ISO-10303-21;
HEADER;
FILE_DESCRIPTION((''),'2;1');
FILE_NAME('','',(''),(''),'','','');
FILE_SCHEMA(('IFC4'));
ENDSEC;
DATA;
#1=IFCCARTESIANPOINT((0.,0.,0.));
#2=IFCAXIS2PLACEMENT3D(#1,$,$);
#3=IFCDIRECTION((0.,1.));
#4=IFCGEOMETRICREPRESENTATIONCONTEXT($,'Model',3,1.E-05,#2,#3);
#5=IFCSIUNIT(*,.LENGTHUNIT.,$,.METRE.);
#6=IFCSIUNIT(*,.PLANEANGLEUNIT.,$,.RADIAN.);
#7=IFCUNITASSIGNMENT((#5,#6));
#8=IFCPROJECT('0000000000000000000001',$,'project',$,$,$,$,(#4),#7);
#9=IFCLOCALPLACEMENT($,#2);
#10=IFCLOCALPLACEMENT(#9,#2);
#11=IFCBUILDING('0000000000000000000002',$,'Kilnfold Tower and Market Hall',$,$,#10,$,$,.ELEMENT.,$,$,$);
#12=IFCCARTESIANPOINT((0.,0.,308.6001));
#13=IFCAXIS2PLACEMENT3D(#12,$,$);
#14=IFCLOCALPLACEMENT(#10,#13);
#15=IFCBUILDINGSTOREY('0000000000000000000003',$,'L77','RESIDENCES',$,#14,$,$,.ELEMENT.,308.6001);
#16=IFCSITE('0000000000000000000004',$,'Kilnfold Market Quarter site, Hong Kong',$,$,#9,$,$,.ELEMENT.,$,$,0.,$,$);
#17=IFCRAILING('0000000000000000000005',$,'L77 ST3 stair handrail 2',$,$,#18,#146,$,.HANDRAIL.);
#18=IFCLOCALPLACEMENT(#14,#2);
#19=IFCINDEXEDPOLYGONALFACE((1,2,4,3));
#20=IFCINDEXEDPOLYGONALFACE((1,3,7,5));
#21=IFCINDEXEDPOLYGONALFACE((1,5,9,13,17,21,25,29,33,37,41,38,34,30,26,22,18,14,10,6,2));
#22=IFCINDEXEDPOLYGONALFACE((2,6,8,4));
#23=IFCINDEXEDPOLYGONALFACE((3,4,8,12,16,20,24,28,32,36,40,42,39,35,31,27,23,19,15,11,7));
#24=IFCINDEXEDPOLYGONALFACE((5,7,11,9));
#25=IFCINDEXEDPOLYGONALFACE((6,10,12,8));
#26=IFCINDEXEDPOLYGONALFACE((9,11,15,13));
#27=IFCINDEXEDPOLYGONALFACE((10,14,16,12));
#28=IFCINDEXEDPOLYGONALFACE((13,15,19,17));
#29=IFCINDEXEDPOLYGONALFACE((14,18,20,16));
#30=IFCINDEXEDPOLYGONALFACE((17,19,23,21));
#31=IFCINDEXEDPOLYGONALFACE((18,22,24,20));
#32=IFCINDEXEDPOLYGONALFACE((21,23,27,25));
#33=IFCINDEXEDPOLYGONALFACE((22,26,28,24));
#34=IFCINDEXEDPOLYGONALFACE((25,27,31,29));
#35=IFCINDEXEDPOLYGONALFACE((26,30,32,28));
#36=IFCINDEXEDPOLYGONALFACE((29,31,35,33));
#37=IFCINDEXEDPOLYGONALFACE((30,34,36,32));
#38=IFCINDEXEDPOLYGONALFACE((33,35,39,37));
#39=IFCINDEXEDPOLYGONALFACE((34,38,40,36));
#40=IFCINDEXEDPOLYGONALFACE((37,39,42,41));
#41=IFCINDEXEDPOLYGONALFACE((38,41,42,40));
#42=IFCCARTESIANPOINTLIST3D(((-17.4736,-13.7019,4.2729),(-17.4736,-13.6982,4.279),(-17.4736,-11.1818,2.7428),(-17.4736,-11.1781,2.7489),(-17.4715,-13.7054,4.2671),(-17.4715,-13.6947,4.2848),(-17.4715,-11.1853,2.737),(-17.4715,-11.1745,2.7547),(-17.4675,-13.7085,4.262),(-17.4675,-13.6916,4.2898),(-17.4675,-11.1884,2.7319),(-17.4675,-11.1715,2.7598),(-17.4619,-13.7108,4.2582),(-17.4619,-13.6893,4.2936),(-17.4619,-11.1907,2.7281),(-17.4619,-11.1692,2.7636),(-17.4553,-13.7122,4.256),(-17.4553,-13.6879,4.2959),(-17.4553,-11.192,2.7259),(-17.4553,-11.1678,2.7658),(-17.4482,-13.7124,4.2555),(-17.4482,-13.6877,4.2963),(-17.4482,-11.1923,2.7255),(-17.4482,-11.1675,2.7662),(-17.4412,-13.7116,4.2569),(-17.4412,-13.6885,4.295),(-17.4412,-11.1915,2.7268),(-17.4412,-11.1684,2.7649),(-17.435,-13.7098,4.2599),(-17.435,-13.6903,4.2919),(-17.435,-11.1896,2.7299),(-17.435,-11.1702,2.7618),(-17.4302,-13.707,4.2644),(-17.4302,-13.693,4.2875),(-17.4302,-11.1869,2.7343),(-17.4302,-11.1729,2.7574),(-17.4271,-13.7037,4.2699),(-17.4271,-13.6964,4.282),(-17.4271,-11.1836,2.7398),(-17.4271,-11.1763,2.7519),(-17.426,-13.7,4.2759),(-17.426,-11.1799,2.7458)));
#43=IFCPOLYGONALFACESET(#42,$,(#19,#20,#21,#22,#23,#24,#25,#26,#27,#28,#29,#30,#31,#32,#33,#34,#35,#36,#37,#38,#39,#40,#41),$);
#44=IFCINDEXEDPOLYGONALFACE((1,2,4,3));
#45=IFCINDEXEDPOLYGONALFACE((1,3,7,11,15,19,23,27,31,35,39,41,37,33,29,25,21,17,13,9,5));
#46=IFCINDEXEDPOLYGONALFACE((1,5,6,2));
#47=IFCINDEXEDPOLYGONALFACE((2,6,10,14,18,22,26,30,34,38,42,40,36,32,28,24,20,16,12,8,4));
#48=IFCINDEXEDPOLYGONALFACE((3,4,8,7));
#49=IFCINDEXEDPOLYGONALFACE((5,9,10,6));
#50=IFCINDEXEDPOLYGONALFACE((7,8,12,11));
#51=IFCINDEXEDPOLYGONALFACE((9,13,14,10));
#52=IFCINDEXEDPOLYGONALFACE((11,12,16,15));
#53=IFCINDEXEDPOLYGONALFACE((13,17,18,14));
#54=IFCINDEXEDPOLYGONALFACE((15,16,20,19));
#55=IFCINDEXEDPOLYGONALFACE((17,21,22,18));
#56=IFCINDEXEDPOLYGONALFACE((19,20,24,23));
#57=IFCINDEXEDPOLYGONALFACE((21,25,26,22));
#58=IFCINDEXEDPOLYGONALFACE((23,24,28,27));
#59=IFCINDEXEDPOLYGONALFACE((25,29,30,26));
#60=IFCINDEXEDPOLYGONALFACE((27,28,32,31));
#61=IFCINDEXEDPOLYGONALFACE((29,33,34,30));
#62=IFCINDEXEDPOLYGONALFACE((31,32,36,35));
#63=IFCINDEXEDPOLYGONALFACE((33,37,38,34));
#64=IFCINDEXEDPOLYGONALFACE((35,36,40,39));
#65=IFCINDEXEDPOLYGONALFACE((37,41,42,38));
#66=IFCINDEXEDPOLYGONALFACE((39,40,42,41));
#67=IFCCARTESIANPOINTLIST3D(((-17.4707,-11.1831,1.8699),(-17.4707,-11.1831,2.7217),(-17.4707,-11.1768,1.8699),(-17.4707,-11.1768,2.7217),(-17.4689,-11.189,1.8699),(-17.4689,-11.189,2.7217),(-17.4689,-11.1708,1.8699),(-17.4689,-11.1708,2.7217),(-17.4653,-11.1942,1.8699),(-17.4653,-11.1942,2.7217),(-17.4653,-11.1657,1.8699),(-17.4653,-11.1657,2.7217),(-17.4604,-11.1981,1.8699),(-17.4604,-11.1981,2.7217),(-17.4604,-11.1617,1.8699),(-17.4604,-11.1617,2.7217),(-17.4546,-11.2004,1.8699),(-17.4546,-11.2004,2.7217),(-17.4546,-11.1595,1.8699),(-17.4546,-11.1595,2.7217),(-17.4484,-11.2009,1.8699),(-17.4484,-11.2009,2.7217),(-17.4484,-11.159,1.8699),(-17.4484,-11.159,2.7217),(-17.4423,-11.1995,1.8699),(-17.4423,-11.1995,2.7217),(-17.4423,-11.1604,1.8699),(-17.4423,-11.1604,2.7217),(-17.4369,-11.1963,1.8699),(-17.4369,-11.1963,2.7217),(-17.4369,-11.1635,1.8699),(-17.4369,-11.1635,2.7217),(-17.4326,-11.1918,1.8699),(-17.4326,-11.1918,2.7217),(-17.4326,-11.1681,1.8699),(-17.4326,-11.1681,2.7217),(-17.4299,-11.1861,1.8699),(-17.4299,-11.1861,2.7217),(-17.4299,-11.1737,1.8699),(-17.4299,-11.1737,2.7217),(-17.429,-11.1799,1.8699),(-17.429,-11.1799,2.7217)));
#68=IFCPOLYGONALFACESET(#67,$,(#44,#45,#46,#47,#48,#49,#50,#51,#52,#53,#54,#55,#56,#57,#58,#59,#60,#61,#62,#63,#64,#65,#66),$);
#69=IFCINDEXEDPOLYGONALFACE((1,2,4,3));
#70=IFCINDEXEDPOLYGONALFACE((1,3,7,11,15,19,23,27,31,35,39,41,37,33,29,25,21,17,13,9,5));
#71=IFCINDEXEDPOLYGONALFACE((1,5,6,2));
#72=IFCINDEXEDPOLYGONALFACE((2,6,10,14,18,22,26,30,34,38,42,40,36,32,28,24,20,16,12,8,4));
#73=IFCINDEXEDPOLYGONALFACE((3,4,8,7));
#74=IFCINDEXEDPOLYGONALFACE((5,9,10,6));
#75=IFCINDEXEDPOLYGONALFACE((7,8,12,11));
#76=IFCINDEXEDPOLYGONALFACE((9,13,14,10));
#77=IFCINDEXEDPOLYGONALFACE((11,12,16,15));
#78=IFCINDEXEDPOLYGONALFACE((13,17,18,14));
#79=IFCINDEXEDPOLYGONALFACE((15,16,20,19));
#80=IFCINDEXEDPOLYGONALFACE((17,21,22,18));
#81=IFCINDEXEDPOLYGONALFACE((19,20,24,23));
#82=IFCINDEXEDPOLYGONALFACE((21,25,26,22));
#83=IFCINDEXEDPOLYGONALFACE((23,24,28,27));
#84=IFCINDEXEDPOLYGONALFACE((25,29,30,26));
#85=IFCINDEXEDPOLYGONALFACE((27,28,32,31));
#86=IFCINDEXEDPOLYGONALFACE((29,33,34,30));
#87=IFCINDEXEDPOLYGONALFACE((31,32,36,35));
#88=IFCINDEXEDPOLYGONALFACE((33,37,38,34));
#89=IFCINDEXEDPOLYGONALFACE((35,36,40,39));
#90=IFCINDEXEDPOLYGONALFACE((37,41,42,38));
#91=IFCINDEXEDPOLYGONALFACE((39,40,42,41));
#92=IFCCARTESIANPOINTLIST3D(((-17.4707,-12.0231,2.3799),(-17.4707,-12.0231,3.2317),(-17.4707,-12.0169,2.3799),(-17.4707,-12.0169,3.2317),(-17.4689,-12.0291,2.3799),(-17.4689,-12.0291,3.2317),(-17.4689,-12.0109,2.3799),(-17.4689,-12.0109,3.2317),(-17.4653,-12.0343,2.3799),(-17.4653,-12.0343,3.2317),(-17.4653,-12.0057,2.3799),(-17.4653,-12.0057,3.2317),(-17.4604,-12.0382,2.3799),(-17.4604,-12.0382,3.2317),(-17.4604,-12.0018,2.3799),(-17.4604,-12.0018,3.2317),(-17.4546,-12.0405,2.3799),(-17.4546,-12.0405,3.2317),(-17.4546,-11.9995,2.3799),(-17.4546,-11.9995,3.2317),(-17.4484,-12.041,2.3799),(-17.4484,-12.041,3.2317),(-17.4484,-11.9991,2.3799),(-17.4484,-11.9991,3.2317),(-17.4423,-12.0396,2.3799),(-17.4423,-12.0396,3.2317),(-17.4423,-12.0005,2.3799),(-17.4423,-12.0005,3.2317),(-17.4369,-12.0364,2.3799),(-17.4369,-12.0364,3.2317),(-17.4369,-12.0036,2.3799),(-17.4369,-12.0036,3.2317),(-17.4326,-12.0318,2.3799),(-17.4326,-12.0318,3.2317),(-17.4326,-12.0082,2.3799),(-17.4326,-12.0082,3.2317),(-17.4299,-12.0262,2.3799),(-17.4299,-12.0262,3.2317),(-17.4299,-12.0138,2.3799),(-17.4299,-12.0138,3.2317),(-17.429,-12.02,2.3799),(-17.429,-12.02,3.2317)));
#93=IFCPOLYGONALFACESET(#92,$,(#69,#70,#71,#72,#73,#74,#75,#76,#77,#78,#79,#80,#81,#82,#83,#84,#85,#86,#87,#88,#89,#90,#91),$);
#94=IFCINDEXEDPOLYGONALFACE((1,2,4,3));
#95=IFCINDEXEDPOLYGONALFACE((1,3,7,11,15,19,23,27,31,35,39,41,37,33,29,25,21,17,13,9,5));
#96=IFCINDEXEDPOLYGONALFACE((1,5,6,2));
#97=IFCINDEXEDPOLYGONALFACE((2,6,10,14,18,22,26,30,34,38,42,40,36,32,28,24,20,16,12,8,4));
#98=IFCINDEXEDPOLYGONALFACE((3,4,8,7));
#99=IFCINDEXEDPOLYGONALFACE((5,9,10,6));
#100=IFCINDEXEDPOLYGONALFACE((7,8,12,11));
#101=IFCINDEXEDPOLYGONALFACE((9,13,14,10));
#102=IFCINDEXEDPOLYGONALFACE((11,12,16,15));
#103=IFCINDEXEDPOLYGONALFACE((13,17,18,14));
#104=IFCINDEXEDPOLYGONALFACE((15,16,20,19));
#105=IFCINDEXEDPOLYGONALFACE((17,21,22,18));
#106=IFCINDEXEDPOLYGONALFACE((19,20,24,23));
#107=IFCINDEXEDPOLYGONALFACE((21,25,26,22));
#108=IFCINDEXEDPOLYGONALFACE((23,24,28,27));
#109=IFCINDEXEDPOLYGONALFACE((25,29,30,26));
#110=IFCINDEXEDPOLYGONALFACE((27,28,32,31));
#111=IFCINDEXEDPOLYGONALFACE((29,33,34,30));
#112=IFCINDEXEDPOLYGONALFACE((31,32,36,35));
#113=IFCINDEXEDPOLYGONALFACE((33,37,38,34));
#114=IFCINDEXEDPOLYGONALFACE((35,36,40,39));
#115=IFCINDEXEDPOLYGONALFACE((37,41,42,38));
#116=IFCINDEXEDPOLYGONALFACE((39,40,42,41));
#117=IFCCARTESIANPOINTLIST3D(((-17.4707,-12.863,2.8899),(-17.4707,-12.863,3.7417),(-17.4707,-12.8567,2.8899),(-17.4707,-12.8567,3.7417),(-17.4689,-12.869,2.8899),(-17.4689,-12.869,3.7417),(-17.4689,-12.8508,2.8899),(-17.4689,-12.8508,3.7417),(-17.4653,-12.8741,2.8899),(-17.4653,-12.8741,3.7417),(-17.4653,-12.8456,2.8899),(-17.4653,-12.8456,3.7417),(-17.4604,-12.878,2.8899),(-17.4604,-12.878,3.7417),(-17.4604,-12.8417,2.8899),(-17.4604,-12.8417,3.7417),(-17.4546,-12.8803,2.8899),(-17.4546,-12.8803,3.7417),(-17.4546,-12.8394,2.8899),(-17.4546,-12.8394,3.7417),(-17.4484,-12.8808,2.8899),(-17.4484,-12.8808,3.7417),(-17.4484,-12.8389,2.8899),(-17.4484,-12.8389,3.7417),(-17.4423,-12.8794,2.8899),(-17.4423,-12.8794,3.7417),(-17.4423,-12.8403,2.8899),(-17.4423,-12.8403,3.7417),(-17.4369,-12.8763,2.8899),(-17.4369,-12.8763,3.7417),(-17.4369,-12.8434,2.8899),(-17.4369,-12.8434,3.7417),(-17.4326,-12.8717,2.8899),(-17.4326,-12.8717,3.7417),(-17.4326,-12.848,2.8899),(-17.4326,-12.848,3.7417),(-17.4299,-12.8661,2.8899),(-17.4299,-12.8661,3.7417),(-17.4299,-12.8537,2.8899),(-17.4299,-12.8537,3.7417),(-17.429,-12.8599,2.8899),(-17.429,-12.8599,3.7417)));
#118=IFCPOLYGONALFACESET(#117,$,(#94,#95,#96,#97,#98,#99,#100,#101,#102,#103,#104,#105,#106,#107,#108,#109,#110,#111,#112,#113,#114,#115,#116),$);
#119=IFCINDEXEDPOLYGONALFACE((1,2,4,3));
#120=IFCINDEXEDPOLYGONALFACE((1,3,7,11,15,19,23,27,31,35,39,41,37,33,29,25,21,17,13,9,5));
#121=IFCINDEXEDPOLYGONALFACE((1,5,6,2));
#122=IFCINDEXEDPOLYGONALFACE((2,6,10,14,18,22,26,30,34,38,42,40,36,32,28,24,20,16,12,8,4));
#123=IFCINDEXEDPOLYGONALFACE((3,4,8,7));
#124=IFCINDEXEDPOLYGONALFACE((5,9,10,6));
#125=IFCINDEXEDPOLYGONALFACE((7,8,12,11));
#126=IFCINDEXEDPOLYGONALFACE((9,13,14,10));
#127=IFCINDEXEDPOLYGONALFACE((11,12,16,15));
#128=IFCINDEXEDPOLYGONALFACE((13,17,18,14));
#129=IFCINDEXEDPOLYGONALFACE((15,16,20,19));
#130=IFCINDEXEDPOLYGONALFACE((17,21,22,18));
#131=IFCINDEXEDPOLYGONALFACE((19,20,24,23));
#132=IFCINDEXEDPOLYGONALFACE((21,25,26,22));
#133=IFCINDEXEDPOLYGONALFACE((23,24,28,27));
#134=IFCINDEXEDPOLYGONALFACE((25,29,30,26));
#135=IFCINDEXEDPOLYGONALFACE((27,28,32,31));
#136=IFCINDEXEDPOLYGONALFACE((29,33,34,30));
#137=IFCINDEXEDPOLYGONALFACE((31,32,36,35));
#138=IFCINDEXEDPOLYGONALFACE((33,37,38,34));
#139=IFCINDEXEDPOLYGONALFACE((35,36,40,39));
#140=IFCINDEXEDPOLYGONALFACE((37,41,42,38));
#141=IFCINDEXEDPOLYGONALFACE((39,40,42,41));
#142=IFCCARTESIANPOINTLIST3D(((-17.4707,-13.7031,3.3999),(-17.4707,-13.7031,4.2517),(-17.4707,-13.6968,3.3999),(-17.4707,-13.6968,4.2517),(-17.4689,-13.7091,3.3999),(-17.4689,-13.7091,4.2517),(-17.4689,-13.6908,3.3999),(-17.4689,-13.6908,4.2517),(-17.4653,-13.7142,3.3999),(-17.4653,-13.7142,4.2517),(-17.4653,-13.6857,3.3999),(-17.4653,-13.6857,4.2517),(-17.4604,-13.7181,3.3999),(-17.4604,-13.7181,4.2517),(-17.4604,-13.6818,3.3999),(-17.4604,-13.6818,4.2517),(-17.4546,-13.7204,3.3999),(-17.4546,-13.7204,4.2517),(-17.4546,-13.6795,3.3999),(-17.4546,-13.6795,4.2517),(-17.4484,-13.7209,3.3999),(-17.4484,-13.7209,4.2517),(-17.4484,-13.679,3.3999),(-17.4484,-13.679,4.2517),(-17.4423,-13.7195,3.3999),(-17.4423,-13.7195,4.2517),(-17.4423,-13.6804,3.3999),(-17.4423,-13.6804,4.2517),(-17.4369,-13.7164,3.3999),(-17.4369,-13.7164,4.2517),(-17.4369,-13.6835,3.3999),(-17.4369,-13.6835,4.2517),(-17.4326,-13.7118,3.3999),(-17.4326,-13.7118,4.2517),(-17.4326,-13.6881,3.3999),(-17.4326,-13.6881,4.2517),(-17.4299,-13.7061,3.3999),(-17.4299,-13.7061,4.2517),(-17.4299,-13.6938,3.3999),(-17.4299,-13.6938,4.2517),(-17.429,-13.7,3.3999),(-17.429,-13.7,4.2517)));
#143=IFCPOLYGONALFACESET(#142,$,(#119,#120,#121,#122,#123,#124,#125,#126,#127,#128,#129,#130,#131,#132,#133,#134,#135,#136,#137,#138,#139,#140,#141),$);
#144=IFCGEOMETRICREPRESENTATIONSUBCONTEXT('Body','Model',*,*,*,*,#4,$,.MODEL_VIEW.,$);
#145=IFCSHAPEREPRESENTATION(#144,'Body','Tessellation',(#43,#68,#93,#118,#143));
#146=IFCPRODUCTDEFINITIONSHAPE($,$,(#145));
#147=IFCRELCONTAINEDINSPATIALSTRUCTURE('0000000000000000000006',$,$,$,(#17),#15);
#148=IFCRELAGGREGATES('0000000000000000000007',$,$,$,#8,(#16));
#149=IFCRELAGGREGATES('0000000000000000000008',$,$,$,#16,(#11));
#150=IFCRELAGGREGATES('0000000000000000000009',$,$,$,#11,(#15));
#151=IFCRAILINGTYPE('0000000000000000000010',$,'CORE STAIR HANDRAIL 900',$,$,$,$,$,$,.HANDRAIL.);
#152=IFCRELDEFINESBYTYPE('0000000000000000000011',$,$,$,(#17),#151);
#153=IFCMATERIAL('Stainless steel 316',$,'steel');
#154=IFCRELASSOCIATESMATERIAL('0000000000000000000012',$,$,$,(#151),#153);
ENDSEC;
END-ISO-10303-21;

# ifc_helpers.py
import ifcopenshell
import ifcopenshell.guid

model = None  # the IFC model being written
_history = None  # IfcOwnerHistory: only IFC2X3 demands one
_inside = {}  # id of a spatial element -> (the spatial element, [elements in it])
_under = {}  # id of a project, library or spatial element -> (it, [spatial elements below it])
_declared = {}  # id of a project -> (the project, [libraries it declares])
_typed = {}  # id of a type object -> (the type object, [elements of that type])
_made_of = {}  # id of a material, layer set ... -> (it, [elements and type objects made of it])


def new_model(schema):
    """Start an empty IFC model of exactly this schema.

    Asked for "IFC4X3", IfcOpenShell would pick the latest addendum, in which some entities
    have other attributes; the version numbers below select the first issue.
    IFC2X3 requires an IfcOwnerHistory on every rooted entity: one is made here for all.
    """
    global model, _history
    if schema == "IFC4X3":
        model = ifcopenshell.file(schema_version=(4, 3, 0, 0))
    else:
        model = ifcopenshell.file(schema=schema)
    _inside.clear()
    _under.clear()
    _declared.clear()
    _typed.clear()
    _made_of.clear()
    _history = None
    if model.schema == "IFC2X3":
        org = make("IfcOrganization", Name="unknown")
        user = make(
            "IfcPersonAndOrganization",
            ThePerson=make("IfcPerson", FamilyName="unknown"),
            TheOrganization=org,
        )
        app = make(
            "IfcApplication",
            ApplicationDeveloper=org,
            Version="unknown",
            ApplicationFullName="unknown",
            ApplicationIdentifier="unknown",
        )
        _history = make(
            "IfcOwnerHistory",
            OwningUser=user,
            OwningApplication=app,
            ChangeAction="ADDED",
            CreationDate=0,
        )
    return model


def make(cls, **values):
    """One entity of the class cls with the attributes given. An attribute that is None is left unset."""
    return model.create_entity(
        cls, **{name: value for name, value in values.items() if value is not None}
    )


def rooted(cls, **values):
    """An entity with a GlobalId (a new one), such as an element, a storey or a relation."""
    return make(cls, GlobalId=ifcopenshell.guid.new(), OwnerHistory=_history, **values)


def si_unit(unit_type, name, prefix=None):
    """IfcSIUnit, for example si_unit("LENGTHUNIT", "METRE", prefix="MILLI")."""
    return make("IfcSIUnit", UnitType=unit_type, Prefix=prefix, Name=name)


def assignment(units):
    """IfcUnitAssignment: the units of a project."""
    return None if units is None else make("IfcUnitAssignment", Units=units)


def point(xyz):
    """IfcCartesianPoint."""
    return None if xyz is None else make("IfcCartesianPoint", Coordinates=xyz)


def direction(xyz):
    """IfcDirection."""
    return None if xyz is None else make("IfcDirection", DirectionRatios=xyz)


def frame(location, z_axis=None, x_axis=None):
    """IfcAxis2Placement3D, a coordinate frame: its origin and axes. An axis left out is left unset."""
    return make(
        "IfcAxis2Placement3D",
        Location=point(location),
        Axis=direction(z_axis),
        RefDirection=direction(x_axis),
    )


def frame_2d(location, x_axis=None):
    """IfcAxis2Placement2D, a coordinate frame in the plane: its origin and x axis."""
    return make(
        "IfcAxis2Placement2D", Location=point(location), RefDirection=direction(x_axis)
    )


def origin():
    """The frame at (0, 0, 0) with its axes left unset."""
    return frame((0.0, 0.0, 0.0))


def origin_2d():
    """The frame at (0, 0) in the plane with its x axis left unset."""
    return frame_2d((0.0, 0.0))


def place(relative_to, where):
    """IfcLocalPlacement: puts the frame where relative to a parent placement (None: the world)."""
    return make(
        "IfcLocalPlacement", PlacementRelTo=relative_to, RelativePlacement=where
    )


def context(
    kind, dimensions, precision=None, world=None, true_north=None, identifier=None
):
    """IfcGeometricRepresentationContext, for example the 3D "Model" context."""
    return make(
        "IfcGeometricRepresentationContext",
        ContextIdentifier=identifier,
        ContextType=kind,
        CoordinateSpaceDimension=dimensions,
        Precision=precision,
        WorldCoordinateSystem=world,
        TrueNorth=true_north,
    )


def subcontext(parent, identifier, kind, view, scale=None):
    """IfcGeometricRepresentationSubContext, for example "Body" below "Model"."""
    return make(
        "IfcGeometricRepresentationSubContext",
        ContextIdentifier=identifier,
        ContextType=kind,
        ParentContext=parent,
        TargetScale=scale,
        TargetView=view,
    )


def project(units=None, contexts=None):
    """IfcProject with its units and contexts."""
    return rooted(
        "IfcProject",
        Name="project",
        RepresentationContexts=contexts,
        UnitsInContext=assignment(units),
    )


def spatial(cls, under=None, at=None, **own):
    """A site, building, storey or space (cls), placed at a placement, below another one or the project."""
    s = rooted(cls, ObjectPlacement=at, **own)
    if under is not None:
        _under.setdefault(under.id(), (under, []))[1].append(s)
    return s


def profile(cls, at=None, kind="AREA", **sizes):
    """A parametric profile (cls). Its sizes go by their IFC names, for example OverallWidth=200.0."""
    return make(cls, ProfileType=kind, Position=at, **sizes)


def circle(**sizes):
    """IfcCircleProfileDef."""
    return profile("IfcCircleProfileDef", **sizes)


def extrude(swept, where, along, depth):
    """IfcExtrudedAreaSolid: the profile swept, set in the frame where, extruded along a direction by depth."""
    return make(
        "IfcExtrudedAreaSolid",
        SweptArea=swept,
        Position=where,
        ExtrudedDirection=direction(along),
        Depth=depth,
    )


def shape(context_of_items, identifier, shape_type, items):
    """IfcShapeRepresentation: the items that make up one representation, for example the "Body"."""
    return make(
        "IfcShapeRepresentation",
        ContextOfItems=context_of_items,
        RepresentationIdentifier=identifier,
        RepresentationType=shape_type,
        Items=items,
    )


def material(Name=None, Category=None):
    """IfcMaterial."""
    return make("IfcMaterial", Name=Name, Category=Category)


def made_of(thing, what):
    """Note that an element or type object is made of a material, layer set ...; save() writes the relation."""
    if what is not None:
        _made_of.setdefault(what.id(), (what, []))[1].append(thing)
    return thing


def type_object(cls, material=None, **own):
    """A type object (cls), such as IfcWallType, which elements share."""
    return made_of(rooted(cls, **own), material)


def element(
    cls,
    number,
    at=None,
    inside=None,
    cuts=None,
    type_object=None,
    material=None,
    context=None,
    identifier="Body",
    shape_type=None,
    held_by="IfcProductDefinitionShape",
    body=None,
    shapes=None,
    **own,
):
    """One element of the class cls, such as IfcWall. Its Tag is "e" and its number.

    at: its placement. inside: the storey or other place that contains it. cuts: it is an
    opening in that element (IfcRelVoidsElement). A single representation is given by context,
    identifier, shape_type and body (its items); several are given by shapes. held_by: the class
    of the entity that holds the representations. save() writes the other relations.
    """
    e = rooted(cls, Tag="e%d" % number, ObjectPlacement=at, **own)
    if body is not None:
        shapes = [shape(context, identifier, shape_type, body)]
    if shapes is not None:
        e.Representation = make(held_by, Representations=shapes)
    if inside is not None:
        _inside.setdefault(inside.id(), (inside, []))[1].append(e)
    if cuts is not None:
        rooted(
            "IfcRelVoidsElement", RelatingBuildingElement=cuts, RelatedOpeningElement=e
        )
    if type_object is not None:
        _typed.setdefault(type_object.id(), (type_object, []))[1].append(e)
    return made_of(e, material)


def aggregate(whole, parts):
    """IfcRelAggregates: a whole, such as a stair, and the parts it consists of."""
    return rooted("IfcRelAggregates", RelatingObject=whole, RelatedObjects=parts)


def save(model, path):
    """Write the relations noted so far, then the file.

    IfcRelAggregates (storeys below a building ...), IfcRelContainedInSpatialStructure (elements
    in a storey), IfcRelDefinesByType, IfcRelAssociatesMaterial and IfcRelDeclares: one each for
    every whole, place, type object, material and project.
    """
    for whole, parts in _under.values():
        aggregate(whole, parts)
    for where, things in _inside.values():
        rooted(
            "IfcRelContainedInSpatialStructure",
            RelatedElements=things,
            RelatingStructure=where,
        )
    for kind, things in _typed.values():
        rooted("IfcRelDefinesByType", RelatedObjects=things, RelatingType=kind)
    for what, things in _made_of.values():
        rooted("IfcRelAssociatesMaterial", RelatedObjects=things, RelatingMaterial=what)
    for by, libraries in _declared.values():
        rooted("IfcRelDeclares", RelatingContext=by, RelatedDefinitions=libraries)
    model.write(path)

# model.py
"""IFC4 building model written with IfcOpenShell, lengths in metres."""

from ifc_helpers import new_model, si_unit, direction, frame, origin, origin_2d, place, context, subcontext, project, spatial, circle, extrude, material, type_object, element, save


model = new_model("IFC4")

# Units and contexts
model_context = context("Model", 3, precision=1e-05, world=origin(), true_north=direction((0.0, 1.0)))
body_context = subcontext(model_context, "Body", "Model", "MODEL_VIEW")
ifc_project = project(units=[si_unit("LENGTHUNIT", "METRE"), si_unit("PLANEANGLEUNIT", "RADIAN")], contexts=[model_context])

# Site, building, storey
site_placement = place(None, origin())
site = spatial("IfcSite", under=ifc_project, at=site_placement, Name="Kilnfold Market Quarter site, Hong Kong", CompositionType="ELEMENT", RefElevation=0.0)
building_placement = place(site_placement, origin())
building = spatial("IfcBuilding", under=site, at=building_placement, Name="Kilnfold Tower and Market Hall", CompositionType="ELEMENT")
storey_placement = place(building_placement, frame((0.0, 0.0, 308.6001)))
storey = spatial("IfcBuildingStorey", under=building, at=storey_placement, Name="L77", Description="RESIDENCES", CompositionType="ELEMENT", Elevation=308.6001)

# Railing
ifc_material_1 = material(Name="Stainless steel 316", Category="steel")
railing_type_1 = type_object("IfcRailingType", Name="CORE STAIR HANDRAIL 900", PredefinedType="HANDRAIL", material=ifc_material_1)
railing_1_placement = place(storey_placement, frame((-17.45, -11.1799, 1.8699)))
element("IfcRailing", 1, at=railing_1_placement, inside=storey, type_object=railing_type_1, Name="L77 ST3 stair handrail 2", PredefinedType="HANDRAIL", context=body_context, shape_type="SweptSolid", body=[
    extrude(circle(Radius=0.0239, at=origin_2d()), frame((0.0, 0.0, 0.876), z_axis=(0.0, -0.854785, 0.518982), x_axis=(1.0, 0.0, 0.0)), (0.0, 0.0, 1.0), 2.9482),
    extrude(circle(Radius=0.021, at=origin_2d()), origin(), (0.0, 0.0, 1.0), 0.8518),
    extrude(circle(Radius=0.021, at=origin_2d()), frame((0.0, -0.8401, 0.51)), (0.0, 0.0, 1.0), 0.8518),
    extrude(circle(Radius=0.021, at=origin_2d()), frame((0.0, -1.6799, 1.02)), (0.0, 0.0, 1.0), 0.8518),
    extrude(circle(Radius=0.021, at=origin_2d()), frame((0.0, -2.52, 1.53)), (0.0, 0.0, 1.0), 0.8518),
])

save(model, "model.ifc")
